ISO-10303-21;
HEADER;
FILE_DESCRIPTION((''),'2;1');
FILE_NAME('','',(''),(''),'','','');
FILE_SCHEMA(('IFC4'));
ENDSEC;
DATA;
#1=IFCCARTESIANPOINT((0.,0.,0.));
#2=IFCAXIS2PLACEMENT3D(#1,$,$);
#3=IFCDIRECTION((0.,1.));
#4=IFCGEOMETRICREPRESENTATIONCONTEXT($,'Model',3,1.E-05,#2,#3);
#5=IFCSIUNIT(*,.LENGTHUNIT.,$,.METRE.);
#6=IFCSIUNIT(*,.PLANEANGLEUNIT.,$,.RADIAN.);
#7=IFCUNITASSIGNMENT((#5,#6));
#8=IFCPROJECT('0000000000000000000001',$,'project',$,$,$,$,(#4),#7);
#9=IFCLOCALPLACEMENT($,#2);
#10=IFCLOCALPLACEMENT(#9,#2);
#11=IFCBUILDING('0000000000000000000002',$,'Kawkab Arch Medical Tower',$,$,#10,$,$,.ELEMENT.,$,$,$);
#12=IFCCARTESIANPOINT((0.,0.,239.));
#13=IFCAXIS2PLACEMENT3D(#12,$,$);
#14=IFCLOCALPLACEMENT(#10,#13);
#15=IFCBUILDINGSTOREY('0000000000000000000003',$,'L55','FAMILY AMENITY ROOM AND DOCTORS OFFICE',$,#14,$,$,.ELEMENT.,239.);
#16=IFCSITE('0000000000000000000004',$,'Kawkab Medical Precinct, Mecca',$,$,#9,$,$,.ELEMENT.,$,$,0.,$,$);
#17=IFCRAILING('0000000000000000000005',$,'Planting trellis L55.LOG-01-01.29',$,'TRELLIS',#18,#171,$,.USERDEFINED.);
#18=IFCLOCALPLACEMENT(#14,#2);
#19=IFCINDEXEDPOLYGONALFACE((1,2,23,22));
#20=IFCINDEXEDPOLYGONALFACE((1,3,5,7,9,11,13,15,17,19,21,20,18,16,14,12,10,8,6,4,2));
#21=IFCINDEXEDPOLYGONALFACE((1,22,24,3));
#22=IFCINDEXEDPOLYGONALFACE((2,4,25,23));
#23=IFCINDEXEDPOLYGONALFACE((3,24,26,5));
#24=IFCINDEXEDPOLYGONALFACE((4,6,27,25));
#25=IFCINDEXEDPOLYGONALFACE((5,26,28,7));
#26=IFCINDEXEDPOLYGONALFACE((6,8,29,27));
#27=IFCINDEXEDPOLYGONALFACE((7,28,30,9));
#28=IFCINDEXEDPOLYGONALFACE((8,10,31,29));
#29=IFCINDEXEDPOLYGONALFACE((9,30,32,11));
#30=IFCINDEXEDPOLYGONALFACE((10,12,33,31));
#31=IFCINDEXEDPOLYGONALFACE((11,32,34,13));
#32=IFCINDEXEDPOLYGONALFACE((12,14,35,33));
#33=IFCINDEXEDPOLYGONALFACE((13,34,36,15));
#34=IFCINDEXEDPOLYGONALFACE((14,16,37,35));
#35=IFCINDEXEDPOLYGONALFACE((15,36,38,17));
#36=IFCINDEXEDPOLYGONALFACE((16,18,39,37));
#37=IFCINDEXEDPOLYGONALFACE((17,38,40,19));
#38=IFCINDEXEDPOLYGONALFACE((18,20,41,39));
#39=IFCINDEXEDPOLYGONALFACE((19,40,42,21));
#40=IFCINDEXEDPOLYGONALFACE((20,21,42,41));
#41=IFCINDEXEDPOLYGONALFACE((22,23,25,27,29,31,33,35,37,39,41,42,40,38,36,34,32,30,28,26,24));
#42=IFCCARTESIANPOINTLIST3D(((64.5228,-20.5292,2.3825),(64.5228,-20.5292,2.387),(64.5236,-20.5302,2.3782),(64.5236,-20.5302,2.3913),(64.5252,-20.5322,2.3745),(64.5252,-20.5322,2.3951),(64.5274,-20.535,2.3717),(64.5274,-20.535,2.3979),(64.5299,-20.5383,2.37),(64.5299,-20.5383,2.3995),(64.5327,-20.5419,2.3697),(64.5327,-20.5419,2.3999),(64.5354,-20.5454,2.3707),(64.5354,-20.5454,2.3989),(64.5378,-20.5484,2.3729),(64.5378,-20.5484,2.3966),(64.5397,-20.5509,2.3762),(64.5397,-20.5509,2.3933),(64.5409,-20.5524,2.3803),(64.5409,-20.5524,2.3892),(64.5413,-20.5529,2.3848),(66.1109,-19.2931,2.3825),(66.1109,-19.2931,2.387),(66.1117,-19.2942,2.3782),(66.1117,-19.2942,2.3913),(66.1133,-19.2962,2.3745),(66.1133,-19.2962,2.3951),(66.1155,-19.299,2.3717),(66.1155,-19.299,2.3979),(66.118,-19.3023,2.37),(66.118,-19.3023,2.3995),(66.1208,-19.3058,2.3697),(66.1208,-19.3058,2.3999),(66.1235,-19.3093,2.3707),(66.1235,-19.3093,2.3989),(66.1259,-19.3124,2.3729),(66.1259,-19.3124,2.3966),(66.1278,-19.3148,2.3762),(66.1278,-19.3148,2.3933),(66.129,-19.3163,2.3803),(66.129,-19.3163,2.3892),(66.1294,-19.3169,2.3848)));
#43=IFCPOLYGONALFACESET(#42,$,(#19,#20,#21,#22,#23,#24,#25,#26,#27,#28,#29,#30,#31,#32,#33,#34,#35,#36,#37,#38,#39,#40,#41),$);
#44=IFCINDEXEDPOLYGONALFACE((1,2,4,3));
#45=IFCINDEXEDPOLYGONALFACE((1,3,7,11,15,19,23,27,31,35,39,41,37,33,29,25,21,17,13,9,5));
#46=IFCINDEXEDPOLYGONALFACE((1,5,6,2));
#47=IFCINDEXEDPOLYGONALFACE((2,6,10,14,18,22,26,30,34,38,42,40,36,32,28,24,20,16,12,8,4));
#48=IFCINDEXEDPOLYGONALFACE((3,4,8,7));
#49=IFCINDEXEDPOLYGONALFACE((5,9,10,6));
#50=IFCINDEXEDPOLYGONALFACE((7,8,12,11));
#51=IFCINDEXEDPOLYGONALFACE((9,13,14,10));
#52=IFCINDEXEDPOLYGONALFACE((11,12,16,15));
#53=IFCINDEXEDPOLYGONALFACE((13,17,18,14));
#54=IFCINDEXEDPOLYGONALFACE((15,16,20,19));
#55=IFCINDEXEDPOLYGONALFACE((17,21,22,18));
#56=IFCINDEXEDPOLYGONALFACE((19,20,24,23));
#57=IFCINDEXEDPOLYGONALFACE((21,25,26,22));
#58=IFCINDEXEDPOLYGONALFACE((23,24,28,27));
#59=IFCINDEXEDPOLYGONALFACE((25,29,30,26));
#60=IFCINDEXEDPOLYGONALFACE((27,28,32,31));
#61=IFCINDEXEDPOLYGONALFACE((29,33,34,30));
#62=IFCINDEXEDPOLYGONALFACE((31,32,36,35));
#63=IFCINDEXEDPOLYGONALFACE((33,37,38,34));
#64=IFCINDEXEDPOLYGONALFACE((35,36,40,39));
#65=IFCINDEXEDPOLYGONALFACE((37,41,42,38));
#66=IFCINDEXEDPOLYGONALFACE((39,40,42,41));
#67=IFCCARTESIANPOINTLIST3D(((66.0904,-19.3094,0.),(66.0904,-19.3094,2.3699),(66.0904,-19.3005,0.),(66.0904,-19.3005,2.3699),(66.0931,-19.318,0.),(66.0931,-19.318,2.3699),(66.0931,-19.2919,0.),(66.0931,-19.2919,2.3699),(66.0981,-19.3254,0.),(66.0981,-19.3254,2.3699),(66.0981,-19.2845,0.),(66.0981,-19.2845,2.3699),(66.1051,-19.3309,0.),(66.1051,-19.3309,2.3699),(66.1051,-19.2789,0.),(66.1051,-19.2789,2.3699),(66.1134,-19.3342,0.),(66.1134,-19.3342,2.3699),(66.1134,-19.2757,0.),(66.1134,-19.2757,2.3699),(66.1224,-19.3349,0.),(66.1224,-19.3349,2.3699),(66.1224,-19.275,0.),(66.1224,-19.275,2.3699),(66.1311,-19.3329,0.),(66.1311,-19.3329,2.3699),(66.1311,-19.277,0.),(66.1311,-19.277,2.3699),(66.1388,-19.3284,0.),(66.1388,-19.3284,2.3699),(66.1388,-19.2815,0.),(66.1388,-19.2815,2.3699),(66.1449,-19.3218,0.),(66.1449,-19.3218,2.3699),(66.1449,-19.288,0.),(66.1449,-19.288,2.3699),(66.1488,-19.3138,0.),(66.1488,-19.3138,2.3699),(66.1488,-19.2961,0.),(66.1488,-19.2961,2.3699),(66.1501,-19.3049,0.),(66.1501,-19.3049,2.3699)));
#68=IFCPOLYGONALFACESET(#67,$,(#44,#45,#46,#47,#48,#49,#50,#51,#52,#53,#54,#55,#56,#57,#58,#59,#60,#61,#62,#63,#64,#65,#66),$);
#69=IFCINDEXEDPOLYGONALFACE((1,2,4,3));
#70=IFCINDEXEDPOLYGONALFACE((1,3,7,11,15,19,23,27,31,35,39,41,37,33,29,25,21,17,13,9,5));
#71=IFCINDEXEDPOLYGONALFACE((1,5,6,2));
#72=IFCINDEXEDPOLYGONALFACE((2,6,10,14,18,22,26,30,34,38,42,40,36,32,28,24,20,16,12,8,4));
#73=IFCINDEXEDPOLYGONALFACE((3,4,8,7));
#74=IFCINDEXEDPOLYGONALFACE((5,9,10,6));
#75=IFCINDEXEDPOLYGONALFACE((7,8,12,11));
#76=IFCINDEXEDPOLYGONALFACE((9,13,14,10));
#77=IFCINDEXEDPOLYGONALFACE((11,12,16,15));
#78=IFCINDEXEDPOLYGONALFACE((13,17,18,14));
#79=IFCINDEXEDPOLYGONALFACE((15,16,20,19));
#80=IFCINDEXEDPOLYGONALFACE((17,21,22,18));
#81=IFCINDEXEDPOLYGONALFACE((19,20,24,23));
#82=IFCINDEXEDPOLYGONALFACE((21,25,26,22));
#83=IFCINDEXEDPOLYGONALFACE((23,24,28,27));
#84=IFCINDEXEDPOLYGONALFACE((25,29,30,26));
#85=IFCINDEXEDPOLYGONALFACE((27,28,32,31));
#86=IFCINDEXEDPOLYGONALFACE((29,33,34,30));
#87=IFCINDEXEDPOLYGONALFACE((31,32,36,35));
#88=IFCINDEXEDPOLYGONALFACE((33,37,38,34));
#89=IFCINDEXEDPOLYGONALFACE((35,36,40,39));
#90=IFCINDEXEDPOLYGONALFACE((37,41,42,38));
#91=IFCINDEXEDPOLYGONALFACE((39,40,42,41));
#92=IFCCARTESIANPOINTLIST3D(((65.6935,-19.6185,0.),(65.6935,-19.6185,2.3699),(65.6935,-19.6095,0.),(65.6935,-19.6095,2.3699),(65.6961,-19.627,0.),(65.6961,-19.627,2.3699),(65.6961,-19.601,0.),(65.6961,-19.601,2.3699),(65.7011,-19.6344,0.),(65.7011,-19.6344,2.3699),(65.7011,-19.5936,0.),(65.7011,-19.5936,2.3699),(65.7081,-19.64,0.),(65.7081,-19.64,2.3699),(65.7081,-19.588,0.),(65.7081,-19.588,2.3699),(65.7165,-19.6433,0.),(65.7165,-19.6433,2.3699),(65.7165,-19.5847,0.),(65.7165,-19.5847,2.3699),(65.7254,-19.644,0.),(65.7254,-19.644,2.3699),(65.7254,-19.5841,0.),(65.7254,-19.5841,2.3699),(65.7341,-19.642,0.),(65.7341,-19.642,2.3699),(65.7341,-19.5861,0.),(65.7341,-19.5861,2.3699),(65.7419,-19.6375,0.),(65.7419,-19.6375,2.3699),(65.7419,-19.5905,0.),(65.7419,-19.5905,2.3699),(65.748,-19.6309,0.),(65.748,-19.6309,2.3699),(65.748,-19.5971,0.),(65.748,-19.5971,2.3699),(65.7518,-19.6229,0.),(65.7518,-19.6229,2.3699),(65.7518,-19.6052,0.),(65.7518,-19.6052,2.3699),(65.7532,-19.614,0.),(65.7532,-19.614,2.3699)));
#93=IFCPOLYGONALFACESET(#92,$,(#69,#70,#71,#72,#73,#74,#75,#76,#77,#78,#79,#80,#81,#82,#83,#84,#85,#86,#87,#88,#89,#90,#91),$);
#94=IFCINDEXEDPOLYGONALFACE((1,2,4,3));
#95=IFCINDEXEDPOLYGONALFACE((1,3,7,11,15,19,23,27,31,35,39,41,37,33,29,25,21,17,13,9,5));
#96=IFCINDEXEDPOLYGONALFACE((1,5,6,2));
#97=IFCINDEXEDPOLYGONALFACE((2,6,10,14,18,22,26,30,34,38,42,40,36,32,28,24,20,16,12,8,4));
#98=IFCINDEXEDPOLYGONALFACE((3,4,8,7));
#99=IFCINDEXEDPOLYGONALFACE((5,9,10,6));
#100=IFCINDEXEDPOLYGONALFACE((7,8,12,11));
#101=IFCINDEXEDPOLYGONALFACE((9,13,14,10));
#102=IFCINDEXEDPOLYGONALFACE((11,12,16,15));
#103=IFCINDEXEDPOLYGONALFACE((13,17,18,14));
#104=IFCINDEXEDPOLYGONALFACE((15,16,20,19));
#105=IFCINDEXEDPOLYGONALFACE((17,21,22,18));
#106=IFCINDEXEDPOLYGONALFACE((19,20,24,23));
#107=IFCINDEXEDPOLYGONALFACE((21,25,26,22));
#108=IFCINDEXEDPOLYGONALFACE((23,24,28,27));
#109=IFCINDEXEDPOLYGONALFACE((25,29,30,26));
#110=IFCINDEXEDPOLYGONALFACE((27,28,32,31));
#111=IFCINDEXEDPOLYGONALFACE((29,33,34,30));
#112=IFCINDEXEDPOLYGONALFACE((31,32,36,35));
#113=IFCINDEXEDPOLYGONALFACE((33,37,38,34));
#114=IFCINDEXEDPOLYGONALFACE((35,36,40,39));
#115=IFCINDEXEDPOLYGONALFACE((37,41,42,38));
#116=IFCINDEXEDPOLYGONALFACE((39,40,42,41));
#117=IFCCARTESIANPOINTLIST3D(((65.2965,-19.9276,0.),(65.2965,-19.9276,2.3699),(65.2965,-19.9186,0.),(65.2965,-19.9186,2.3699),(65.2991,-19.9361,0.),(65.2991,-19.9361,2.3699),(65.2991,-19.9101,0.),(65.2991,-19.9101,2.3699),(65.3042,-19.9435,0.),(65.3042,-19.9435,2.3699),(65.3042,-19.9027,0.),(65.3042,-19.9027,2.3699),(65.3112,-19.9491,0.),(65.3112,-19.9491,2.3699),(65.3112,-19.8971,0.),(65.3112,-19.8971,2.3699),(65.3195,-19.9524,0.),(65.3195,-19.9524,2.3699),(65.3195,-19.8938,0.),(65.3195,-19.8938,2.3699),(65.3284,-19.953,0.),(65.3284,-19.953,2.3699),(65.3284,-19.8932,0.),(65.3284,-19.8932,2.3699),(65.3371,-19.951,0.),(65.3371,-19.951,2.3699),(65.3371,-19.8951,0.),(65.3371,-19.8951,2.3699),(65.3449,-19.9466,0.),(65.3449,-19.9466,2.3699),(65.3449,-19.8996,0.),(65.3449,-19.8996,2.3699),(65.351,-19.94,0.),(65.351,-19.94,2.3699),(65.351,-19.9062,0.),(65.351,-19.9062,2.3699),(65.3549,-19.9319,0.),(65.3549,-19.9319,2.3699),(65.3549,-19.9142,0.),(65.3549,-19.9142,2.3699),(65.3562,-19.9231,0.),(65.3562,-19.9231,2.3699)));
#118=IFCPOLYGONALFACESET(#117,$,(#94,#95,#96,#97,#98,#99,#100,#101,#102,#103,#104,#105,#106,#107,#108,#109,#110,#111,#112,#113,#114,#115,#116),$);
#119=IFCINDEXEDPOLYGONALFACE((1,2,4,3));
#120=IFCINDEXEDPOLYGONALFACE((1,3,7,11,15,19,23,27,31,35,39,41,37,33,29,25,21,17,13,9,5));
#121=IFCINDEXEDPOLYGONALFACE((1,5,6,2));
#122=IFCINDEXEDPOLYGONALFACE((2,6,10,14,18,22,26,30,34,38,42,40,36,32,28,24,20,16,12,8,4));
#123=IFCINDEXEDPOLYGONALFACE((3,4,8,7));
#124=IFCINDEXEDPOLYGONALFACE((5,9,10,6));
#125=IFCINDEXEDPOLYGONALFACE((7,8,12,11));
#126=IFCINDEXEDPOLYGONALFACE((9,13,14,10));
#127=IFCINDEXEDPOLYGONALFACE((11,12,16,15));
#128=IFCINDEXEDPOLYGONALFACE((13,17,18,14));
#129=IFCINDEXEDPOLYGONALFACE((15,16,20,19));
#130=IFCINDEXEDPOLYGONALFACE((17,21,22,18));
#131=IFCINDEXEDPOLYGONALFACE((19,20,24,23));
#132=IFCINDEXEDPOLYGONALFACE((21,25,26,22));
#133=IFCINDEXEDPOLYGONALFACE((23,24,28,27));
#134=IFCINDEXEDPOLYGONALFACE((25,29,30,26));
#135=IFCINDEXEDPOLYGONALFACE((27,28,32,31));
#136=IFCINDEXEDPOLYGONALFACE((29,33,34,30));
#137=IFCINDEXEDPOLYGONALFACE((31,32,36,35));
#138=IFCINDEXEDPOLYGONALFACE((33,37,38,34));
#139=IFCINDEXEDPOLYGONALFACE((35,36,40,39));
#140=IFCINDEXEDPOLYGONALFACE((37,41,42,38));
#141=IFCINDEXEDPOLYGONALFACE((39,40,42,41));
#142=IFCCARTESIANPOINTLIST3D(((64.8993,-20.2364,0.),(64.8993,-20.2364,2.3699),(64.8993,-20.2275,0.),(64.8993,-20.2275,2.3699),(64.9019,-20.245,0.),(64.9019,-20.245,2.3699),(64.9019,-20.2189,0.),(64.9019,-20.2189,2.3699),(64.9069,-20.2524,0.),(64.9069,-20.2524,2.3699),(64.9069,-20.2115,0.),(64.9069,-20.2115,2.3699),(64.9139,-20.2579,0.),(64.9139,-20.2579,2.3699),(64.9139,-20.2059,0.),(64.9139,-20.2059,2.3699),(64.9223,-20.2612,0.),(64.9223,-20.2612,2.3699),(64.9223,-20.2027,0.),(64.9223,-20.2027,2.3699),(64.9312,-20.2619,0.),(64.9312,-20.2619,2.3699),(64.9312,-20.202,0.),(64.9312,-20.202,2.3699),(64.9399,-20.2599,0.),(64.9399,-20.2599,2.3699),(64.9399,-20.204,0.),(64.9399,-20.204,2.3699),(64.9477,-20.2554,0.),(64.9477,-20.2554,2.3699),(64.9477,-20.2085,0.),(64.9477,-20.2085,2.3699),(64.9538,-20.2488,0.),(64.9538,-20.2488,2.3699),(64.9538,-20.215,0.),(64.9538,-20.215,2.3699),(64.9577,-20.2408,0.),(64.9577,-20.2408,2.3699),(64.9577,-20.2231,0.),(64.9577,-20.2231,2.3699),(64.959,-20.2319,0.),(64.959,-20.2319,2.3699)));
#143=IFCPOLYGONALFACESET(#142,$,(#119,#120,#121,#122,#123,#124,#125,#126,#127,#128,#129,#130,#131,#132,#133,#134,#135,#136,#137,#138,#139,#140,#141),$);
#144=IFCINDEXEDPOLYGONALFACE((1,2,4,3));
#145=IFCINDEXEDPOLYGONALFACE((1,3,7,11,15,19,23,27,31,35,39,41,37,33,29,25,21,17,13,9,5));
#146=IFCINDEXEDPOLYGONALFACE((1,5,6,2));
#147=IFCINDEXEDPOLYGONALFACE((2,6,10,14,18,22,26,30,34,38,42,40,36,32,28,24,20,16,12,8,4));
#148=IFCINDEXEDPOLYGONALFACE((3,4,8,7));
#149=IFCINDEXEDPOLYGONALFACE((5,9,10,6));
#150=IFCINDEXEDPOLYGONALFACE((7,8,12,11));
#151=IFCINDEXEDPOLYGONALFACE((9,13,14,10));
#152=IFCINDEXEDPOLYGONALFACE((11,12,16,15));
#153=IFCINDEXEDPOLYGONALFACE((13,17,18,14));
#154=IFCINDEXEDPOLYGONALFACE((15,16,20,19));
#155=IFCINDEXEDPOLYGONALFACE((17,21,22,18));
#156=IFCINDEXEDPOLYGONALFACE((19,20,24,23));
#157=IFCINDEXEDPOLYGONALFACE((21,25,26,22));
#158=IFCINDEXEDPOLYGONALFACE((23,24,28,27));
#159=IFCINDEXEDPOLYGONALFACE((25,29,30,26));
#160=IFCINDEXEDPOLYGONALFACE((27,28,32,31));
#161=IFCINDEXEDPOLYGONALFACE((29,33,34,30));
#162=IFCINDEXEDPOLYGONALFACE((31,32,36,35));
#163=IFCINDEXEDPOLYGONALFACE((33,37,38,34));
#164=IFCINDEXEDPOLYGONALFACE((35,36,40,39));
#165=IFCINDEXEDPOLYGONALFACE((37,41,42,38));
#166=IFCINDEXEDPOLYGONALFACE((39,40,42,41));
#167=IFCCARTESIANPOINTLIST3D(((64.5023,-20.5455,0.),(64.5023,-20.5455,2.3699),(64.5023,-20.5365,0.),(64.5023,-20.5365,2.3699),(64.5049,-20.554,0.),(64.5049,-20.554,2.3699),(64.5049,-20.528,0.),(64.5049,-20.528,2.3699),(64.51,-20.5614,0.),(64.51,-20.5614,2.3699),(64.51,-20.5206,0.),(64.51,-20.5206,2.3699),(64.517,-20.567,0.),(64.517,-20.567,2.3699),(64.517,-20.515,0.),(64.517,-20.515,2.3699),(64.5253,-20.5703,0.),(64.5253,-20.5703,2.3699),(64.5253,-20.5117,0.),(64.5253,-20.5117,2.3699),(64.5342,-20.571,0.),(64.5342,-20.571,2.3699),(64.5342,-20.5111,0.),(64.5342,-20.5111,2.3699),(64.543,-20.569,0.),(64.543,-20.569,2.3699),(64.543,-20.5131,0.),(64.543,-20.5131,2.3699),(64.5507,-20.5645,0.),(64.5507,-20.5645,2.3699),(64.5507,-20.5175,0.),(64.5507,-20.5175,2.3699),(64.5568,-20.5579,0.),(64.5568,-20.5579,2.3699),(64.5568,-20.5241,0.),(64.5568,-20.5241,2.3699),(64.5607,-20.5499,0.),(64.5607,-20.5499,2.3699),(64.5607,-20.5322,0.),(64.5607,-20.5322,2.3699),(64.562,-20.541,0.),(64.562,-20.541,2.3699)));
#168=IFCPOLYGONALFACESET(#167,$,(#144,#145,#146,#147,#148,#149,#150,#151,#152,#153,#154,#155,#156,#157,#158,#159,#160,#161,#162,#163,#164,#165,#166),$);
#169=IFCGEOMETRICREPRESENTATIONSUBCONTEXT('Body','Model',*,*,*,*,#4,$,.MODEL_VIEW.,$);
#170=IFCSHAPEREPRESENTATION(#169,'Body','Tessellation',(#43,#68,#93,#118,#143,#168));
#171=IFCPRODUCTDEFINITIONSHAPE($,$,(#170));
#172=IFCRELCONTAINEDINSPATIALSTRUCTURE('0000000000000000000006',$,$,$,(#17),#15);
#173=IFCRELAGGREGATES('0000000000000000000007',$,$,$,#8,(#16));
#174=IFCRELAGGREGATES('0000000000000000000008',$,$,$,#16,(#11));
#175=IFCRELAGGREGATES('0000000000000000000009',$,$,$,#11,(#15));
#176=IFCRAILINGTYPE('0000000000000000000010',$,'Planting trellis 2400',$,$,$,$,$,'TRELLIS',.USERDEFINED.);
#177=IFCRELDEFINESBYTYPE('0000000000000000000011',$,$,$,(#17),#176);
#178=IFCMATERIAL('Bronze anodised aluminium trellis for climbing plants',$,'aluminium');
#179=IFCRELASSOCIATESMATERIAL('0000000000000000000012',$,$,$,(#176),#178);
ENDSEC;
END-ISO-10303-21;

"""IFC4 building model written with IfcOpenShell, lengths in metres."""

from ifc_helpers import new_model, si_unit, direction, frame, origin, origin_2d, place, context, subcontext, project, spatial, circle, extrude, material, type_object, element, save


model = new_model("IFC4")

# Units and contexts
model_context = context("Model", 3, precision=1e-05, world=origin(), true_north=direction((0.0, 1.0)))
body_context = subcontext(model_context, "Body", "Model", "MODEL_VIEW")
ifc_project = project(units=[si_unit("LENGTHUNIT", "METRE"), si_unit("PLANEANGLEUNIT", "RADIAN")], contexts=[model_context])

# Site, building, storey
site_placement = place(None, origin())
site = spatial("IfcSite", under=ifc_project, at=site_placement, Name="Kawkab Medical Precinct, Mecca", CompositionType="ELEMENT", RefElevation=0.0)
building_placement = place(site_placement, origin())
building = spatial("IfcBuilding", under=site, at=building_placement, Name="Kawkab Arch Medical Tower", CompositionType="ELEMENT")
storey_placement = place(building_placement, frame((0.0, 0.0, 239.0)))
storey = spatial("IfcBuildingStorey", under=building, at=storey_placement, Name="L55", Description="FAMILY AMENITY ROOM AND DOCTORS OFFICE", CompositionType="ELEMENT", Elevation=239.0)

# Railing
ifc_material_1 = material(Name="Bronze anodised aluminium trellis for climbing plants", Category="aluminium")
railing_type_1 = type_object("IfcRailingType", Name="Planting trellis 2400", ElementType="TRELLIS", PredefinedType="USERDEFINED", material=ifc_material_1)
railing_1_placement = place(storey_placement, frame((66.1201, -19.3049, 0.0)))
element("IfcRailing", 1, at=railing_1_placement, inside=storey, type_object=railing_type_1, Name="Planting trellis L55.LOG-01-01.29", ObjectType="TRELLIS", PredefinedType="USERDEFINED", context=body_context, shape_type="SweptSolid", body=[
    extrude(circle(Radius=0.0151, at=origin_2d()), frame((0.0, 0.0, 2.3848), z_axis=(-0.789143, -0.614209, 0.0), x_axis=(0.614209, -0.789143, 0.0)), (0.0, 0.0, 1.0), 2.0125),
    extrude(circle(Radius=0.03, at=origin_2d()), origin(), (0.0, 0.0, 1.0), 2.3699),
    extrude(circle(Radius=0.03, at=origin_2d()), frame((-0.397, -0.3091, 0.0)), (0.0, 0.0, 1.0), 2.3699),
    extrude(circle(Radius=0.03, at=origin_2d()), frame((-0.7939, -0.6182, 0.0)), (0.0, 0.0, 1.0), 2.3699),
    extrude(circle(Radius=0.03, at=origin_2d()), frame((-1.1912, -0.927, 0.0)), (0.0, 0.0, 1.0), 2.3699),
    extrude(circle(Radius=0.03, at=origin_2d()), frame((-1.5881, -1.2361, 0.0)), (0.0, 0.0, 1.0), 2.3699),
])

save(model, "model.ifc")
